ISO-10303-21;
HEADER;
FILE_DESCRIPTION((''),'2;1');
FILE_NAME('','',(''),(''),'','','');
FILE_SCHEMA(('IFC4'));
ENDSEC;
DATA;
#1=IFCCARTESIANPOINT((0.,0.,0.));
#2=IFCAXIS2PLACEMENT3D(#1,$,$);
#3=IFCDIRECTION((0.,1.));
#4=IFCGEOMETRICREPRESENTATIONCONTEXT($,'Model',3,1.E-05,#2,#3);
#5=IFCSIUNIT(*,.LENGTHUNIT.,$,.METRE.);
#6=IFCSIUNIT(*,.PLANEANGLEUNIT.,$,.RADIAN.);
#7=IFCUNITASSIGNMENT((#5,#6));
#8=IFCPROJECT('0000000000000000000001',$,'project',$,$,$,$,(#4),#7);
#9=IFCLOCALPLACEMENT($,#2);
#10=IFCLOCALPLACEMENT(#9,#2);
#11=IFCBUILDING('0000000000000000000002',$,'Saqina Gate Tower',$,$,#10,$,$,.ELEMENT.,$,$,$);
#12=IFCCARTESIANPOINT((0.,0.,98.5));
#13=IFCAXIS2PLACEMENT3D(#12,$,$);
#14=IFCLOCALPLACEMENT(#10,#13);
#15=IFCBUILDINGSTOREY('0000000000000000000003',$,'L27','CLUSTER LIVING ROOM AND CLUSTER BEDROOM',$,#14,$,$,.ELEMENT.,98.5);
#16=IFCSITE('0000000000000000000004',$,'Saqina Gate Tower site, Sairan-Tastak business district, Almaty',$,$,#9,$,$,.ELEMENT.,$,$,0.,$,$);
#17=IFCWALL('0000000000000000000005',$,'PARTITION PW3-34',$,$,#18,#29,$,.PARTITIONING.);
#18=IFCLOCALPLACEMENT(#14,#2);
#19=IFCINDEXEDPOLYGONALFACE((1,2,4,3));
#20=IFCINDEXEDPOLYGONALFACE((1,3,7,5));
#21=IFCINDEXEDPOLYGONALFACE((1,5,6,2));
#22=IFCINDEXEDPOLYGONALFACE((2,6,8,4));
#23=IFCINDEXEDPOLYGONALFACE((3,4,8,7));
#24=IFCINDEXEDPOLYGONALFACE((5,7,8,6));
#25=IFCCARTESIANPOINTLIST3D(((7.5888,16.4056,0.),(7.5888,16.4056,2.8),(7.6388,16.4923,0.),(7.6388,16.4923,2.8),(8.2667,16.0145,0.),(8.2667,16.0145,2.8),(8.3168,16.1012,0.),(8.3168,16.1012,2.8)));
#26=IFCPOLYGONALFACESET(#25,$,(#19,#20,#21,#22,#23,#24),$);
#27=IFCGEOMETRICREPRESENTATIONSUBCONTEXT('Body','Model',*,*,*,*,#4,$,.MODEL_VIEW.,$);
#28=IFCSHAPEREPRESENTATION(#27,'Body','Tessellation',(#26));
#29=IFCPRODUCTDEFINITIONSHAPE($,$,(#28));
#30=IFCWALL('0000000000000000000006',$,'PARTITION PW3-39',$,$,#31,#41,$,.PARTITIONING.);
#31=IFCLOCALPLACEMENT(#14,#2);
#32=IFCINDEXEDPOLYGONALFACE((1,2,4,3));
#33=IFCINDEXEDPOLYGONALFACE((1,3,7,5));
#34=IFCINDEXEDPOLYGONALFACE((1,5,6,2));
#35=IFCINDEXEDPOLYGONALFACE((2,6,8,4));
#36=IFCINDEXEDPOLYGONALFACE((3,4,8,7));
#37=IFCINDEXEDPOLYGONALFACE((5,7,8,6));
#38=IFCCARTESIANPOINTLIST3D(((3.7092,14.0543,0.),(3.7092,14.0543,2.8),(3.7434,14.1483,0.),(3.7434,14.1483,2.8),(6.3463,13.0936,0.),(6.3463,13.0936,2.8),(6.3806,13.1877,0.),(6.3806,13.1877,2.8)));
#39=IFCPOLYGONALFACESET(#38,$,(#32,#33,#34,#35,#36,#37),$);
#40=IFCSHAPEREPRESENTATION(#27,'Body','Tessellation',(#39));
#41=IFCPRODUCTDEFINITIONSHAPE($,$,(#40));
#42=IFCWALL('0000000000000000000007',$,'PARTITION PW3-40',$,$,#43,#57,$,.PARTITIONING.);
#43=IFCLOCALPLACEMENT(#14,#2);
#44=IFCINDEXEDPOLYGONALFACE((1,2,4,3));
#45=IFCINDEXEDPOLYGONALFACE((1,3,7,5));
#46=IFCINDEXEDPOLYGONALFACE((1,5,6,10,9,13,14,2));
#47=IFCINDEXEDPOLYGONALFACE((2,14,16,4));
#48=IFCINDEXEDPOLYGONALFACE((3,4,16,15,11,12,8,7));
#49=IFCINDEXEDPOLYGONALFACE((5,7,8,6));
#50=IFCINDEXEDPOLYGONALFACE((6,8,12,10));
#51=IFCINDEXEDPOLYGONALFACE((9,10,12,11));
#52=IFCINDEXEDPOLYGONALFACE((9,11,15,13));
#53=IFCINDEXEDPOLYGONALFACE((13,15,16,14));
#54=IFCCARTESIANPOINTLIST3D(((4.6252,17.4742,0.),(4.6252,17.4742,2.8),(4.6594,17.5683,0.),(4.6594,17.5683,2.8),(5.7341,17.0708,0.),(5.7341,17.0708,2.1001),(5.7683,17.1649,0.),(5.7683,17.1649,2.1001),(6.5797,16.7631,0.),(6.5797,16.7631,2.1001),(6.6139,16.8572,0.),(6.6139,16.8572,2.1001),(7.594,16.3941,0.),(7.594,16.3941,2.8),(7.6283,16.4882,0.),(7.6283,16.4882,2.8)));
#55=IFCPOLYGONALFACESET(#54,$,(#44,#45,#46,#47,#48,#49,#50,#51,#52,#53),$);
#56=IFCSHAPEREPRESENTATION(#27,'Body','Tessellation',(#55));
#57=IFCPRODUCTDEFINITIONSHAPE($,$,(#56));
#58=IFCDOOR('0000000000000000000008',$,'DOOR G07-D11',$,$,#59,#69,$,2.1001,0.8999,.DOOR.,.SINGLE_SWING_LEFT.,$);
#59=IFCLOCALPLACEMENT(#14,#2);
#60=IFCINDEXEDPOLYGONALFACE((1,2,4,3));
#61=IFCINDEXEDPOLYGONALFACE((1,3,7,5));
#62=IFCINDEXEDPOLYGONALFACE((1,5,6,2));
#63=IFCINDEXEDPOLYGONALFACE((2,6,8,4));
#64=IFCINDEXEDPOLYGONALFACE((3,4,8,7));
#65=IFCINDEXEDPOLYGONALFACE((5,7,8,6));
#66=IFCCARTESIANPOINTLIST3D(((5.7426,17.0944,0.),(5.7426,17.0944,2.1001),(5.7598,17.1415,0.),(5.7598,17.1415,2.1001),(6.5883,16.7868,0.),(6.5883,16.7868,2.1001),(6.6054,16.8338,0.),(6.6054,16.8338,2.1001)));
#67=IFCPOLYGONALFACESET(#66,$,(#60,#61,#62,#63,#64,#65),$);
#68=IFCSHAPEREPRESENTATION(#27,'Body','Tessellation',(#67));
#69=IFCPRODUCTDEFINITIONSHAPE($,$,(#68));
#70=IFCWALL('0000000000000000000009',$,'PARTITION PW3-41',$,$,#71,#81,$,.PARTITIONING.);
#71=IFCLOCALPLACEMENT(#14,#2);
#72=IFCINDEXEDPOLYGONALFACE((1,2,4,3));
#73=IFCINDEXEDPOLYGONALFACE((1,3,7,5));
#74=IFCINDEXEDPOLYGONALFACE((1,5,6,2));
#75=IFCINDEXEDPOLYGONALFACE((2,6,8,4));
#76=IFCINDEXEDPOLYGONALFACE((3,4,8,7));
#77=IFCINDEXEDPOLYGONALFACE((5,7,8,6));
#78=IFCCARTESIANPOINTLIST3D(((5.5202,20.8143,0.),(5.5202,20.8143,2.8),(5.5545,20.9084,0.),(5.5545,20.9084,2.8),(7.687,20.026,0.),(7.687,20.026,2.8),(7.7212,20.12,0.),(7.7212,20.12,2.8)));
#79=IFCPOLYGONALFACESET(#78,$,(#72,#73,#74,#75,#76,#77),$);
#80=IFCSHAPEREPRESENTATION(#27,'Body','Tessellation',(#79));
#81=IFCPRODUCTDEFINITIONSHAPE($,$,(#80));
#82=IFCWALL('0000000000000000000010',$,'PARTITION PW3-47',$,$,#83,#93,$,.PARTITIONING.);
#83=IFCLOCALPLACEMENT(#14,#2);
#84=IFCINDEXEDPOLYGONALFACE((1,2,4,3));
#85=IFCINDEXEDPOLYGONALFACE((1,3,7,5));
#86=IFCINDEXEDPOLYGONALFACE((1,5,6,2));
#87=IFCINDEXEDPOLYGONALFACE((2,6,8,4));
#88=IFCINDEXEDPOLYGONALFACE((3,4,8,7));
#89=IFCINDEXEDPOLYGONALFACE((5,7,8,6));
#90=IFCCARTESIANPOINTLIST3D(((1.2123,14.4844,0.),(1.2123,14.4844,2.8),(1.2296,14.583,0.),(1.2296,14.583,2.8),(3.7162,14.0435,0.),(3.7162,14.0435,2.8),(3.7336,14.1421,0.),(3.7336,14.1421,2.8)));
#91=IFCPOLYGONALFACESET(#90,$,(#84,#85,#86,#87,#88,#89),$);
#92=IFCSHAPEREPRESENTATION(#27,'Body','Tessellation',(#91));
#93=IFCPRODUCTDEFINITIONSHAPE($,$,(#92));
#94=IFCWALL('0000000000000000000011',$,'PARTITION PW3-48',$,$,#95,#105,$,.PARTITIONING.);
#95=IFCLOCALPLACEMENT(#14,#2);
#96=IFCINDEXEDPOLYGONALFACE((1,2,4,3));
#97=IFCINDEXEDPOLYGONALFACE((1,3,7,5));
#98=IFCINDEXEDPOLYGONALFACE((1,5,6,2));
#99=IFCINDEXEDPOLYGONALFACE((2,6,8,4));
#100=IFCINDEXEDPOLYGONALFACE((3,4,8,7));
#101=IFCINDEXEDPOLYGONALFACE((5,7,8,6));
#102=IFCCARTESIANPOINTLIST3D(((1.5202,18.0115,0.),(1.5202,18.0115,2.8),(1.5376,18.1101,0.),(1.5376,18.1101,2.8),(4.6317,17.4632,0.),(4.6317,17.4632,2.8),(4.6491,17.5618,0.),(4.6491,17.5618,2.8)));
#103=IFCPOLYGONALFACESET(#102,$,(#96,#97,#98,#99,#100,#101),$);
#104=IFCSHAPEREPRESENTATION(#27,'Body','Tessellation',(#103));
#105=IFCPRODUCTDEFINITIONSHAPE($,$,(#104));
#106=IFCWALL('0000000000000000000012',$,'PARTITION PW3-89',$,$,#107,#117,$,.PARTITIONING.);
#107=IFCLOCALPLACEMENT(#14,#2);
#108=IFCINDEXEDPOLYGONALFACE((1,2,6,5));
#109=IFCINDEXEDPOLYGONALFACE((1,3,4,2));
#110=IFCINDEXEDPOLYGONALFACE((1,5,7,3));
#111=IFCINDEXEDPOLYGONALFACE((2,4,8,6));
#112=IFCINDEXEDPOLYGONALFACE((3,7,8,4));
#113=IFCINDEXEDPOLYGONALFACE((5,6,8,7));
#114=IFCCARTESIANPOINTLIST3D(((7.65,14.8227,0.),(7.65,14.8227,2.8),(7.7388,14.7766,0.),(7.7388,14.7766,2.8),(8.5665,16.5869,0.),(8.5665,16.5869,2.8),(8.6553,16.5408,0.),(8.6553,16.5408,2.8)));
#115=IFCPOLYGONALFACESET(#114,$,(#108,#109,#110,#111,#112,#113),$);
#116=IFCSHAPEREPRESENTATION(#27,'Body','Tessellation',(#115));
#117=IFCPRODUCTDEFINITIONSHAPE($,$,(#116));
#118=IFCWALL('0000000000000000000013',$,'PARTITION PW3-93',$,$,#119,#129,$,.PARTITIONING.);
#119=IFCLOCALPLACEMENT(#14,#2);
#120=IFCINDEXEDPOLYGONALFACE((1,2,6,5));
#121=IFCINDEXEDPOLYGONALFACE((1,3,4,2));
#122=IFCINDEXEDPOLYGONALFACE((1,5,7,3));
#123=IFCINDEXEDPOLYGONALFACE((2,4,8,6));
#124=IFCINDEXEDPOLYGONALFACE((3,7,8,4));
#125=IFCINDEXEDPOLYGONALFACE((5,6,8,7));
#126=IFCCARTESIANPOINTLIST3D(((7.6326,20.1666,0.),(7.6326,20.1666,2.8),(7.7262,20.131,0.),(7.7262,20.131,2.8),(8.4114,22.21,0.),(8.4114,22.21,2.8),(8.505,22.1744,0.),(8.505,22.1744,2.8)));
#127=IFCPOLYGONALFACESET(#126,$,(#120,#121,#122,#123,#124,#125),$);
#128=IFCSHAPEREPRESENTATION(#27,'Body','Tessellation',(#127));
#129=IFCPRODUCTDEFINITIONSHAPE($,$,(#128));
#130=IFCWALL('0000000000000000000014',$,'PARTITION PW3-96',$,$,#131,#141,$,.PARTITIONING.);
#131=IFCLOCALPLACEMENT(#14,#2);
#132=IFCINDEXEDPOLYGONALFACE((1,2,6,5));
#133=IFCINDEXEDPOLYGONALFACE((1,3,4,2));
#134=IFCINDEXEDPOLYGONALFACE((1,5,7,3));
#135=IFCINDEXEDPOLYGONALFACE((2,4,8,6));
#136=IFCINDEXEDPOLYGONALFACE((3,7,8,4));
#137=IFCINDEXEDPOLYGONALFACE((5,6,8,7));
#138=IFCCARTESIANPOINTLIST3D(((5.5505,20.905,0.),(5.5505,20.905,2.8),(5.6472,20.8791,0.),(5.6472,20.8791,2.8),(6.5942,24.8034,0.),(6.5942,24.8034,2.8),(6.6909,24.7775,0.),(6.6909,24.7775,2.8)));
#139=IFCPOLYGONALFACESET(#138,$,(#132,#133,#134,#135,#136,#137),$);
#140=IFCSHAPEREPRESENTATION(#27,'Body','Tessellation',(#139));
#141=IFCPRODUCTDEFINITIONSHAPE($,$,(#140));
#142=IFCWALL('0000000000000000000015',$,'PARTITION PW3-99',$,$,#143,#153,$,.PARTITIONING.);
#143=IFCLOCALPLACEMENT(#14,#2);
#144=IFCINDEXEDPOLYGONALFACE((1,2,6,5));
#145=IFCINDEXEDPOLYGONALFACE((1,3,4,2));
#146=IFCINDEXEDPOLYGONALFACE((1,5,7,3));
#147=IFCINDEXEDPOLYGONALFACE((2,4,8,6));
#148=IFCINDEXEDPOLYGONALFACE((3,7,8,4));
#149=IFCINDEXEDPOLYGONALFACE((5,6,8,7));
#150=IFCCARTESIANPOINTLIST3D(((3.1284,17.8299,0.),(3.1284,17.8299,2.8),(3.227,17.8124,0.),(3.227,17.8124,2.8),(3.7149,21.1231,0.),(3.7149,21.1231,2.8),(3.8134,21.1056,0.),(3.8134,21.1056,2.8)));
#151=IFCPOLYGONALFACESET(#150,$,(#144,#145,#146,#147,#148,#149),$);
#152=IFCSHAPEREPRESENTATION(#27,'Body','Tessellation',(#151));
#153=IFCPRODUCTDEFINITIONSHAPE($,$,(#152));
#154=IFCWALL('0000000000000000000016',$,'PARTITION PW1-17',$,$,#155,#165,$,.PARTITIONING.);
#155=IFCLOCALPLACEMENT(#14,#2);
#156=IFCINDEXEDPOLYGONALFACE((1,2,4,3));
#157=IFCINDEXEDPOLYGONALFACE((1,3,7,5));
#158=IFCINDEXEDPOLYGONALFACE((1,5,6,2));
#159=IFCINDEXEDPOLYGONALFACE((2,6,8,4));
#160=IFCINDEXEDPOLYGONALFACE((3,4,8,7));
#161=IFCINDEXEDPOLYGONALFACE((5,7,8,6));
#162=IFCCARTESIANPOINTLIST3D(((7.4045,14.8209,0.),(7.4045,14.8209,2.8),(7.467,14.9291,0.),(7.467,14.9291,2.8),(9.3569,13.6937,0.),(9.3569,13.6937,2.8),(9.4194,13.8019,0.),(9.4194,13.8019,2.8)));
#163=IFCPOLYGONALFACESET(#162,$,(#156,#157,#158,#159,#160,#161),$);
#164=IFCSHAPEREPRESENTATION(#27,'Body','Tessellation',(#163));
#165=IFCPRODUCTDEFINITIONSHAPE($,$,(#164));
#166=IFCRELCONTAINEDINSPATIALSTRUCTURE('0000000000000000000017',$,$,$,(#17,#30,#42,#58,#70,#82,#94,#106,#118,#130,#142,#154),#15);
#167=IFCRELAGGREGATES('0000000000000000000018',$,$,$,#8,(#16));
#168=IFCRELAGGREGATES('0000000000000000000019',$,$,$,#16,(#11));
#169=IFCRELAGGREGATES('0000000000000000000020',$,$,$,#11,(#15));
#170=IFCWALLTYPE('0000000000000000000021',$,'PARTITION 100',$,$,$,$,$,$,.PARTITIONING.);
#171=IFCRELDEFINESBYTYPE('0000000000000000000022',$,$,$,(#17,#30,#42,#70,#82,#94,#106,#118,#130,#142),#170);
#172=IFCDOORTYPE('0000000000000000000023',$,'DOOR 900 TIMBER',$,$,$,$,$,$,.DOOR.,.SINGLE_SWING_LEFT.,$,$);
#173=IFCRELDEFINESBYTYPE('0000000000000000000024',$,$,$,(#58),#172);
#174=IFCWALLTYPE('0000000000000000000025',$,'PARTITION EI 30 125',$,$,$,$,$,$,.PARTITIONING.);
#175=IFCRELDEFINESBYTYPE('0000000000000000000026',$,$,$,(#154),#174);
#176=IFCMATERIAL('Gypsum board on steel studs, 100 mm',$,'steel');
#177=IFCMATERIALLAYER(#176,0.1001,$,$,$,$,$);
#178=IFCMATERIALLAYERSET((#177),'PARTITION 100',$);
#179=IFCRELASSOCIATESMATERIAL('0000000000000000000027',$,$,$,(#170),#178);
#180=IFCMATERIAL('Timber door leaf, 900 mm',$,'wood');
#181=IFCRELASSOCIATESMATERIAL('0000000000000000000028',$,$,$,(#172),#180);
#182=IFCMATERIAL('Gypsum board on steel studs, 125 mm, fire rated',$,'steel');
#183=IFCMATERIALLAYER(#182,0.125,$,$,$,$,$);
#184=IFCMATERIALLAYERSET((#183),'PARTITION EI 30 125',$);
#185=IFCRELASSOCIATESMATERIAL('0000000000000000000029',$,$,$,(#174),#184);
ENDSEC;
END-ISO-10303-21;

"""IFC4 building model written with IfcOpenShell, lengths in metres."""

from ifc_helpers import new_model, si_unit, direction, frame, frame_2d, origin, place, context, subcontext, project, spatial, rectangle, extrude, material, layer, layer_set, type_object, element, fill, save


model = new_model("IFC4")

# Units and contexts
model_context = context("Model", 3, precision=1e-05, world=origin(), true_north=direction((0.0, 1.0)))
body_context = subcontext(model_context, "Body", "Model", "MODEL_VIEW")
ifc_project = project(units=[si_unit("LENGTHUNIT", "METRE"), si_unit("PLANEANGLEUNIT", "RADIAN")], contexts=[model_context])

# Site, building, storey
site_placement = place(None, origin())
site = spatial("IfcSite", under=ifc_project, at=site_placement, Name="Saqina Gate Tower site, Sairan-Tastak business district, Almaty", CompositionType="ELEMENT", RefElevation=0.0)
building_placement = place(site_placement, origin())
building = spatial("IfcBuilding", under=site, at=building_placement, Name="Saqina Gate Tower", CompositionType="ELEMENT")
storey_placement = place(building_placement, frame((0.0, 0.0, 98.5)))
storey = spatial("IfcBuildingStorey", under=building, at=storey_placement, Name="L27", Description="CLUSTER LIVING ROOM AND CLUSTER BEDROOM", CompositionType="ELEMENT", Elevation=98.5)

# Walls
ifc_material_1 = material(Name="Gypsum board on steel studs, 100 mm", Category="steel")
ifc_layer_1 = layer(ifc_material_1, 0.1001)
ifc_layer_set_1 = layer_set([ifc_layer_1], Name="PARTITION 100")
wall_type_1 = type_object("IfcWallType", Name="PARTITION 100", PredefinedType="PARTITIONING", material=ifc_layer_set_1)
wall_1_placement = place(storey_placement, frame((7.6138, 16.449, 0.0), z_axis=(0.0, 0.0, 1.0), x_axis=(0.866201, -0.499695, 0.0)))
element("IfcWall", 1, at=wall_1_placement, inside=storey, type_object=wall_type_1, Name="PARTITION PW3-34", PredefinedType="PARTITIONING", context=body_context, shape_type="SweptSolid", body=[
    extrude(rectangle(XDim=0.7827, YDim=0.1001, at=frame_2d((0.3914, 0.0))), origin(), (0.0, 0.0, 1.0), 2.8),
])
wall_2_placement = place(storey_placement, frame((3.7263, 14.1013, 0.0), z_axis=(0.0, 0.0, 1.0), x_axis=(0.939598, -0.342281, 0.0)))
element("IfcWall", 2, at=wall_2_placement, inside=storey, type_object=wall_type_1, Name="PARTITION PW3-39", PredefinedType="PARTITIONING", context=body_context, shape_type="SweptSolid", body=[
    extrude(rectangle(XDim=2.8066, YDim=0.1001, at=frame_2d((1.4033, 0.0))), origin(), (0.0, 0.0, 1.0), 2.8),
])

# Wall, opening, door
wall_3_placement = place(storey_placement, frame((4.6423, 17.5212, 0.0), z_axis=(0.0, 0.0, 1.0), x_axis=(0.939739, -0.341892, 0.0)))
wall_3 = element("IfcWall", 3, at=wall_3_placement, inside=storey, type_object=wall_type_1, Name="PARTITION PW3-40", PredefinedType="PARTITIONING", context=body_context, shape_type="SweptSolid", body=[
    extrude(rectangle(XDim=3.1592, YDim=0.1001, at=frame_2d((1.5796, 0.0))), origin(), (0.0, 0.0, 1.0), 2.8),
])
opening_1_placement = place(wall_3_placement, frame((1.1799, 0.0, 0.0)))
opening_1 = element("IfcOpeningElement", 4, at=opening_1_placement, cuts=wall_3, PredefinedType="OPENING", context=body_context, shape_type="SweptSolid", body=[
    extrude(rectangle(XDim=0.8999, YDim=2.1001, at=frame_2d((0.45, 1.05))), frame((0.0, 0.062, 0.0), z_axis=(0.0, -1.0, 0.0), x_axis=(1.0, 0.0, 0.0)), (0.0, 0.0, 1.0), 0.124),
])
ifc_material_2 = material(Name="Timber door leaf, 900 mm", Category="wood")
door_type_1 = type_object("IfcDoorType", Name="DOOR 900 TIMBER", OperationType="SINGLE_SWING_LEFT", PredefinedType="DOOR", material=ifc_material_2)
door_1_placement = place(opening_1_placement, frame((0.8999, 0.0, 0.0), z_axis=(0.0, 0.0, 1.0), x_axis=(-1.0, 0.0, 0.0)))
door_1 = element("IfcDoor", 5, at=door_1_placement, inside=storey, type_object=door_type_1, Name="DOOR G07-D11", OperationType="SINGLE_SWING_LEFT", OverallHeight=2.1001, OverallWidth=0.8999, PredefinedType="DOOR", context=body_context, shape_type="SweptSolid", body=[
    extrude(rectangle(XDim=0.8999, YDim=2.1001, at=frame_2d((0.45, 1.05))), frame((0.0, 0.0249, 0.0), z_axis=(0.0, -1.0, 0.0), x_axis=(1.0, 0.0, 0.0)), (0.0, 0.0, 1.0), 0.05),
])
fill(opening_1, door_1)

# Walls
wall_4_placement = place(storey_placement, frame((5.5374, 20.8613, 0.0), z_axis=(0.0, 0.0, 1.0), x_axis=(0.939735, -0.341905, 0.0)))
element("IfcWall", 6, at=wall_4_placement, inside=storey, type_object=wall_type_1, Name="PARTITION PW3-41", PredefinedType="PARTITIONING", context=body_context, shape_type="SweptSolid", body=[
    extrude(rectangle(XDim=2.3057, YDim=0.1001, at=frame_2d((1.1528, 0.0))), origin(), (0.0, 0.0, 1.0), 2.8),
])
wall_5_placement = place(storey_placement, frame((1.2209, 14.5337, 0.0), z_axis=(0.0, 0.0, 1.0), x_axis=(0.984847, -0.173424, 0.0)))
element("IfcWall", 7, at=wall_5_placement, inside=storey, type_object=wall_type_1, Name="PARTITION PW3-47", PredefinedType="PARTITIONING", context=body_context, shape_type="SweptSolid", body=[
    extrude(rectangle(XDim=2.5425, YDim=0.1001, at=frame_2d((1.2712, 0.0))), origin(), (0.0, 0.0, 1.0), 2.8),
])
wall_6_placement = place(storey_placement, frame((1.5291, 18.0608, 0.0), z_axis=(0.0, 0.0, 1.0), x_axis=(0.984825, -0.173552, 0.0)))
element("IfcWall", 8, at=wall_6_placement, inside=storey, type_object=wall_type_1, Name="PARTITION PW3-48", PredefinedType="PARTITIONING", context=body_context, shape_type="SweptSolid", body=[
    extrude(rectangle(XDim=3.1594, YDim=0.1001, at=frame_2d((1.5796, 0.0))), origin(), (0.0, 0.0, 1.0), 2.8),
])
wall_7_placement = place(storey_placement, frame((7.6943, 14.7996, 0.0), z_axis=(0.0, 0.0, 1.0), x_axis=(0.461012, 0.887394, 0.0)))
element("IfcWall", 9, at=wall_7_placement, inside=storey, type_object=wall_type_1, Name="PARTITION PW3-89", PredefinedType="PARTITIONING", context=body_context, shape_type="SweptSolid", body=[
    extrude(rectangle(XDim=1.988, YDim=0.1001, at=frame_2d((0.9941, 0.0))), origin(), (0.0, 0.0, 1.0), 2.8),
])
wall_8_placement = place(storey_placement, frame((7.6794, 20.1489, 0.0), z_axis=(0.0, 0.0, 1.0), x_axis=(0.356135, 0.934435, 0.0)))
element("IfcWall", 10, at=wall_8_placement, inside=storey, type_object=wall_type_1, Name="PARTITION PW3-93", PredefinedType="PARTITIONING", context=body_context, shape_type="SweptSolid", body=[
    extrude(rectangle(XDim=2.1868, YDim=0.1001, at=frame_2d((1.0933, 0.0))), origin(), (0.0, 0.0, 1.0), 2.8),
])
wall_9_placement = place(storey_placement, frame((5.5989, 20.8921, 0.0), z_axis=(0.0, 0.0, 1.0), x_axis=(0.258615, 0.96598, 0.0)))
element("IfcWall", 11, at=wall_9_placement, inside=storey, type_object=wall_type_1, Name="PARTITION PW3-96", PredefinedType="PARTITIONING", context=body_context, shape_type="SweptSolid", body=[
    extrude(rectangle(XDim=4.0356, YDim=0.1001, at=frame_2d((2.0178, 0.0))), origin(), (0.0, 0.0, 1.0), 2.8),
])
wall_10_placement = place(storey_placement, frame((3.1777, 17.8213, 0.0), z_axis=(0.0, 0.0, 1.0), x_axis=(0.175313, 0.984513, 0.0)))
element("IfcWall", 12, at=wall_10_placement, inside=storey, type_object=wall_type_1, Name="PARTITION PW3-99", PredefinedType="PARTITIONING", context=body_context, shape_type="SweptSolid", body=[
    extrude(rectangle(XDim=3.345, YDim=0.1001, at=frame_2d((1.6724, 0.0))), origin(), (0.0, 0.0, 1.0), 2.8),
])
ifc_material_3 = material(Name="Gypsum board on steel studs, 125 mm, fire rated", Category="steel")
ifc_layer_2 = layer(ifc_material_3, 0.125)
ifc_layer_set_2 = layer_set([ifc_layer_2], Name="PARTITION EI 30 125")
wall_type_2 = type_object("IfcWallType", Name="PARTITION EI 30 125", PredefinedType="PARTITIONING", material=ifc_layer_set_2)
wall_11_placement = place(storey_placement, frame((7.4358, 14.875, 0.0), z_axis=(0.0, 0.0, 1.0), x_axis=(0.866029, -0.499994, 0.0)))
element("IfcWall", 13, at=wall_11_placement, inside=storey, type_object=wall_type_2, Name="PARTITION PW1-17", PredefinedType="PARTITIONING", context=body_context, shape_type="SweptSolid", body=[
    extrude(rectangle(XDim=2.2544, YDim=0.125, at=frame_2d((1.1272, 0.0))), origin(), (0.0, 0.0, 1.0), 2.8),
])

save(model, "model.ifc")
